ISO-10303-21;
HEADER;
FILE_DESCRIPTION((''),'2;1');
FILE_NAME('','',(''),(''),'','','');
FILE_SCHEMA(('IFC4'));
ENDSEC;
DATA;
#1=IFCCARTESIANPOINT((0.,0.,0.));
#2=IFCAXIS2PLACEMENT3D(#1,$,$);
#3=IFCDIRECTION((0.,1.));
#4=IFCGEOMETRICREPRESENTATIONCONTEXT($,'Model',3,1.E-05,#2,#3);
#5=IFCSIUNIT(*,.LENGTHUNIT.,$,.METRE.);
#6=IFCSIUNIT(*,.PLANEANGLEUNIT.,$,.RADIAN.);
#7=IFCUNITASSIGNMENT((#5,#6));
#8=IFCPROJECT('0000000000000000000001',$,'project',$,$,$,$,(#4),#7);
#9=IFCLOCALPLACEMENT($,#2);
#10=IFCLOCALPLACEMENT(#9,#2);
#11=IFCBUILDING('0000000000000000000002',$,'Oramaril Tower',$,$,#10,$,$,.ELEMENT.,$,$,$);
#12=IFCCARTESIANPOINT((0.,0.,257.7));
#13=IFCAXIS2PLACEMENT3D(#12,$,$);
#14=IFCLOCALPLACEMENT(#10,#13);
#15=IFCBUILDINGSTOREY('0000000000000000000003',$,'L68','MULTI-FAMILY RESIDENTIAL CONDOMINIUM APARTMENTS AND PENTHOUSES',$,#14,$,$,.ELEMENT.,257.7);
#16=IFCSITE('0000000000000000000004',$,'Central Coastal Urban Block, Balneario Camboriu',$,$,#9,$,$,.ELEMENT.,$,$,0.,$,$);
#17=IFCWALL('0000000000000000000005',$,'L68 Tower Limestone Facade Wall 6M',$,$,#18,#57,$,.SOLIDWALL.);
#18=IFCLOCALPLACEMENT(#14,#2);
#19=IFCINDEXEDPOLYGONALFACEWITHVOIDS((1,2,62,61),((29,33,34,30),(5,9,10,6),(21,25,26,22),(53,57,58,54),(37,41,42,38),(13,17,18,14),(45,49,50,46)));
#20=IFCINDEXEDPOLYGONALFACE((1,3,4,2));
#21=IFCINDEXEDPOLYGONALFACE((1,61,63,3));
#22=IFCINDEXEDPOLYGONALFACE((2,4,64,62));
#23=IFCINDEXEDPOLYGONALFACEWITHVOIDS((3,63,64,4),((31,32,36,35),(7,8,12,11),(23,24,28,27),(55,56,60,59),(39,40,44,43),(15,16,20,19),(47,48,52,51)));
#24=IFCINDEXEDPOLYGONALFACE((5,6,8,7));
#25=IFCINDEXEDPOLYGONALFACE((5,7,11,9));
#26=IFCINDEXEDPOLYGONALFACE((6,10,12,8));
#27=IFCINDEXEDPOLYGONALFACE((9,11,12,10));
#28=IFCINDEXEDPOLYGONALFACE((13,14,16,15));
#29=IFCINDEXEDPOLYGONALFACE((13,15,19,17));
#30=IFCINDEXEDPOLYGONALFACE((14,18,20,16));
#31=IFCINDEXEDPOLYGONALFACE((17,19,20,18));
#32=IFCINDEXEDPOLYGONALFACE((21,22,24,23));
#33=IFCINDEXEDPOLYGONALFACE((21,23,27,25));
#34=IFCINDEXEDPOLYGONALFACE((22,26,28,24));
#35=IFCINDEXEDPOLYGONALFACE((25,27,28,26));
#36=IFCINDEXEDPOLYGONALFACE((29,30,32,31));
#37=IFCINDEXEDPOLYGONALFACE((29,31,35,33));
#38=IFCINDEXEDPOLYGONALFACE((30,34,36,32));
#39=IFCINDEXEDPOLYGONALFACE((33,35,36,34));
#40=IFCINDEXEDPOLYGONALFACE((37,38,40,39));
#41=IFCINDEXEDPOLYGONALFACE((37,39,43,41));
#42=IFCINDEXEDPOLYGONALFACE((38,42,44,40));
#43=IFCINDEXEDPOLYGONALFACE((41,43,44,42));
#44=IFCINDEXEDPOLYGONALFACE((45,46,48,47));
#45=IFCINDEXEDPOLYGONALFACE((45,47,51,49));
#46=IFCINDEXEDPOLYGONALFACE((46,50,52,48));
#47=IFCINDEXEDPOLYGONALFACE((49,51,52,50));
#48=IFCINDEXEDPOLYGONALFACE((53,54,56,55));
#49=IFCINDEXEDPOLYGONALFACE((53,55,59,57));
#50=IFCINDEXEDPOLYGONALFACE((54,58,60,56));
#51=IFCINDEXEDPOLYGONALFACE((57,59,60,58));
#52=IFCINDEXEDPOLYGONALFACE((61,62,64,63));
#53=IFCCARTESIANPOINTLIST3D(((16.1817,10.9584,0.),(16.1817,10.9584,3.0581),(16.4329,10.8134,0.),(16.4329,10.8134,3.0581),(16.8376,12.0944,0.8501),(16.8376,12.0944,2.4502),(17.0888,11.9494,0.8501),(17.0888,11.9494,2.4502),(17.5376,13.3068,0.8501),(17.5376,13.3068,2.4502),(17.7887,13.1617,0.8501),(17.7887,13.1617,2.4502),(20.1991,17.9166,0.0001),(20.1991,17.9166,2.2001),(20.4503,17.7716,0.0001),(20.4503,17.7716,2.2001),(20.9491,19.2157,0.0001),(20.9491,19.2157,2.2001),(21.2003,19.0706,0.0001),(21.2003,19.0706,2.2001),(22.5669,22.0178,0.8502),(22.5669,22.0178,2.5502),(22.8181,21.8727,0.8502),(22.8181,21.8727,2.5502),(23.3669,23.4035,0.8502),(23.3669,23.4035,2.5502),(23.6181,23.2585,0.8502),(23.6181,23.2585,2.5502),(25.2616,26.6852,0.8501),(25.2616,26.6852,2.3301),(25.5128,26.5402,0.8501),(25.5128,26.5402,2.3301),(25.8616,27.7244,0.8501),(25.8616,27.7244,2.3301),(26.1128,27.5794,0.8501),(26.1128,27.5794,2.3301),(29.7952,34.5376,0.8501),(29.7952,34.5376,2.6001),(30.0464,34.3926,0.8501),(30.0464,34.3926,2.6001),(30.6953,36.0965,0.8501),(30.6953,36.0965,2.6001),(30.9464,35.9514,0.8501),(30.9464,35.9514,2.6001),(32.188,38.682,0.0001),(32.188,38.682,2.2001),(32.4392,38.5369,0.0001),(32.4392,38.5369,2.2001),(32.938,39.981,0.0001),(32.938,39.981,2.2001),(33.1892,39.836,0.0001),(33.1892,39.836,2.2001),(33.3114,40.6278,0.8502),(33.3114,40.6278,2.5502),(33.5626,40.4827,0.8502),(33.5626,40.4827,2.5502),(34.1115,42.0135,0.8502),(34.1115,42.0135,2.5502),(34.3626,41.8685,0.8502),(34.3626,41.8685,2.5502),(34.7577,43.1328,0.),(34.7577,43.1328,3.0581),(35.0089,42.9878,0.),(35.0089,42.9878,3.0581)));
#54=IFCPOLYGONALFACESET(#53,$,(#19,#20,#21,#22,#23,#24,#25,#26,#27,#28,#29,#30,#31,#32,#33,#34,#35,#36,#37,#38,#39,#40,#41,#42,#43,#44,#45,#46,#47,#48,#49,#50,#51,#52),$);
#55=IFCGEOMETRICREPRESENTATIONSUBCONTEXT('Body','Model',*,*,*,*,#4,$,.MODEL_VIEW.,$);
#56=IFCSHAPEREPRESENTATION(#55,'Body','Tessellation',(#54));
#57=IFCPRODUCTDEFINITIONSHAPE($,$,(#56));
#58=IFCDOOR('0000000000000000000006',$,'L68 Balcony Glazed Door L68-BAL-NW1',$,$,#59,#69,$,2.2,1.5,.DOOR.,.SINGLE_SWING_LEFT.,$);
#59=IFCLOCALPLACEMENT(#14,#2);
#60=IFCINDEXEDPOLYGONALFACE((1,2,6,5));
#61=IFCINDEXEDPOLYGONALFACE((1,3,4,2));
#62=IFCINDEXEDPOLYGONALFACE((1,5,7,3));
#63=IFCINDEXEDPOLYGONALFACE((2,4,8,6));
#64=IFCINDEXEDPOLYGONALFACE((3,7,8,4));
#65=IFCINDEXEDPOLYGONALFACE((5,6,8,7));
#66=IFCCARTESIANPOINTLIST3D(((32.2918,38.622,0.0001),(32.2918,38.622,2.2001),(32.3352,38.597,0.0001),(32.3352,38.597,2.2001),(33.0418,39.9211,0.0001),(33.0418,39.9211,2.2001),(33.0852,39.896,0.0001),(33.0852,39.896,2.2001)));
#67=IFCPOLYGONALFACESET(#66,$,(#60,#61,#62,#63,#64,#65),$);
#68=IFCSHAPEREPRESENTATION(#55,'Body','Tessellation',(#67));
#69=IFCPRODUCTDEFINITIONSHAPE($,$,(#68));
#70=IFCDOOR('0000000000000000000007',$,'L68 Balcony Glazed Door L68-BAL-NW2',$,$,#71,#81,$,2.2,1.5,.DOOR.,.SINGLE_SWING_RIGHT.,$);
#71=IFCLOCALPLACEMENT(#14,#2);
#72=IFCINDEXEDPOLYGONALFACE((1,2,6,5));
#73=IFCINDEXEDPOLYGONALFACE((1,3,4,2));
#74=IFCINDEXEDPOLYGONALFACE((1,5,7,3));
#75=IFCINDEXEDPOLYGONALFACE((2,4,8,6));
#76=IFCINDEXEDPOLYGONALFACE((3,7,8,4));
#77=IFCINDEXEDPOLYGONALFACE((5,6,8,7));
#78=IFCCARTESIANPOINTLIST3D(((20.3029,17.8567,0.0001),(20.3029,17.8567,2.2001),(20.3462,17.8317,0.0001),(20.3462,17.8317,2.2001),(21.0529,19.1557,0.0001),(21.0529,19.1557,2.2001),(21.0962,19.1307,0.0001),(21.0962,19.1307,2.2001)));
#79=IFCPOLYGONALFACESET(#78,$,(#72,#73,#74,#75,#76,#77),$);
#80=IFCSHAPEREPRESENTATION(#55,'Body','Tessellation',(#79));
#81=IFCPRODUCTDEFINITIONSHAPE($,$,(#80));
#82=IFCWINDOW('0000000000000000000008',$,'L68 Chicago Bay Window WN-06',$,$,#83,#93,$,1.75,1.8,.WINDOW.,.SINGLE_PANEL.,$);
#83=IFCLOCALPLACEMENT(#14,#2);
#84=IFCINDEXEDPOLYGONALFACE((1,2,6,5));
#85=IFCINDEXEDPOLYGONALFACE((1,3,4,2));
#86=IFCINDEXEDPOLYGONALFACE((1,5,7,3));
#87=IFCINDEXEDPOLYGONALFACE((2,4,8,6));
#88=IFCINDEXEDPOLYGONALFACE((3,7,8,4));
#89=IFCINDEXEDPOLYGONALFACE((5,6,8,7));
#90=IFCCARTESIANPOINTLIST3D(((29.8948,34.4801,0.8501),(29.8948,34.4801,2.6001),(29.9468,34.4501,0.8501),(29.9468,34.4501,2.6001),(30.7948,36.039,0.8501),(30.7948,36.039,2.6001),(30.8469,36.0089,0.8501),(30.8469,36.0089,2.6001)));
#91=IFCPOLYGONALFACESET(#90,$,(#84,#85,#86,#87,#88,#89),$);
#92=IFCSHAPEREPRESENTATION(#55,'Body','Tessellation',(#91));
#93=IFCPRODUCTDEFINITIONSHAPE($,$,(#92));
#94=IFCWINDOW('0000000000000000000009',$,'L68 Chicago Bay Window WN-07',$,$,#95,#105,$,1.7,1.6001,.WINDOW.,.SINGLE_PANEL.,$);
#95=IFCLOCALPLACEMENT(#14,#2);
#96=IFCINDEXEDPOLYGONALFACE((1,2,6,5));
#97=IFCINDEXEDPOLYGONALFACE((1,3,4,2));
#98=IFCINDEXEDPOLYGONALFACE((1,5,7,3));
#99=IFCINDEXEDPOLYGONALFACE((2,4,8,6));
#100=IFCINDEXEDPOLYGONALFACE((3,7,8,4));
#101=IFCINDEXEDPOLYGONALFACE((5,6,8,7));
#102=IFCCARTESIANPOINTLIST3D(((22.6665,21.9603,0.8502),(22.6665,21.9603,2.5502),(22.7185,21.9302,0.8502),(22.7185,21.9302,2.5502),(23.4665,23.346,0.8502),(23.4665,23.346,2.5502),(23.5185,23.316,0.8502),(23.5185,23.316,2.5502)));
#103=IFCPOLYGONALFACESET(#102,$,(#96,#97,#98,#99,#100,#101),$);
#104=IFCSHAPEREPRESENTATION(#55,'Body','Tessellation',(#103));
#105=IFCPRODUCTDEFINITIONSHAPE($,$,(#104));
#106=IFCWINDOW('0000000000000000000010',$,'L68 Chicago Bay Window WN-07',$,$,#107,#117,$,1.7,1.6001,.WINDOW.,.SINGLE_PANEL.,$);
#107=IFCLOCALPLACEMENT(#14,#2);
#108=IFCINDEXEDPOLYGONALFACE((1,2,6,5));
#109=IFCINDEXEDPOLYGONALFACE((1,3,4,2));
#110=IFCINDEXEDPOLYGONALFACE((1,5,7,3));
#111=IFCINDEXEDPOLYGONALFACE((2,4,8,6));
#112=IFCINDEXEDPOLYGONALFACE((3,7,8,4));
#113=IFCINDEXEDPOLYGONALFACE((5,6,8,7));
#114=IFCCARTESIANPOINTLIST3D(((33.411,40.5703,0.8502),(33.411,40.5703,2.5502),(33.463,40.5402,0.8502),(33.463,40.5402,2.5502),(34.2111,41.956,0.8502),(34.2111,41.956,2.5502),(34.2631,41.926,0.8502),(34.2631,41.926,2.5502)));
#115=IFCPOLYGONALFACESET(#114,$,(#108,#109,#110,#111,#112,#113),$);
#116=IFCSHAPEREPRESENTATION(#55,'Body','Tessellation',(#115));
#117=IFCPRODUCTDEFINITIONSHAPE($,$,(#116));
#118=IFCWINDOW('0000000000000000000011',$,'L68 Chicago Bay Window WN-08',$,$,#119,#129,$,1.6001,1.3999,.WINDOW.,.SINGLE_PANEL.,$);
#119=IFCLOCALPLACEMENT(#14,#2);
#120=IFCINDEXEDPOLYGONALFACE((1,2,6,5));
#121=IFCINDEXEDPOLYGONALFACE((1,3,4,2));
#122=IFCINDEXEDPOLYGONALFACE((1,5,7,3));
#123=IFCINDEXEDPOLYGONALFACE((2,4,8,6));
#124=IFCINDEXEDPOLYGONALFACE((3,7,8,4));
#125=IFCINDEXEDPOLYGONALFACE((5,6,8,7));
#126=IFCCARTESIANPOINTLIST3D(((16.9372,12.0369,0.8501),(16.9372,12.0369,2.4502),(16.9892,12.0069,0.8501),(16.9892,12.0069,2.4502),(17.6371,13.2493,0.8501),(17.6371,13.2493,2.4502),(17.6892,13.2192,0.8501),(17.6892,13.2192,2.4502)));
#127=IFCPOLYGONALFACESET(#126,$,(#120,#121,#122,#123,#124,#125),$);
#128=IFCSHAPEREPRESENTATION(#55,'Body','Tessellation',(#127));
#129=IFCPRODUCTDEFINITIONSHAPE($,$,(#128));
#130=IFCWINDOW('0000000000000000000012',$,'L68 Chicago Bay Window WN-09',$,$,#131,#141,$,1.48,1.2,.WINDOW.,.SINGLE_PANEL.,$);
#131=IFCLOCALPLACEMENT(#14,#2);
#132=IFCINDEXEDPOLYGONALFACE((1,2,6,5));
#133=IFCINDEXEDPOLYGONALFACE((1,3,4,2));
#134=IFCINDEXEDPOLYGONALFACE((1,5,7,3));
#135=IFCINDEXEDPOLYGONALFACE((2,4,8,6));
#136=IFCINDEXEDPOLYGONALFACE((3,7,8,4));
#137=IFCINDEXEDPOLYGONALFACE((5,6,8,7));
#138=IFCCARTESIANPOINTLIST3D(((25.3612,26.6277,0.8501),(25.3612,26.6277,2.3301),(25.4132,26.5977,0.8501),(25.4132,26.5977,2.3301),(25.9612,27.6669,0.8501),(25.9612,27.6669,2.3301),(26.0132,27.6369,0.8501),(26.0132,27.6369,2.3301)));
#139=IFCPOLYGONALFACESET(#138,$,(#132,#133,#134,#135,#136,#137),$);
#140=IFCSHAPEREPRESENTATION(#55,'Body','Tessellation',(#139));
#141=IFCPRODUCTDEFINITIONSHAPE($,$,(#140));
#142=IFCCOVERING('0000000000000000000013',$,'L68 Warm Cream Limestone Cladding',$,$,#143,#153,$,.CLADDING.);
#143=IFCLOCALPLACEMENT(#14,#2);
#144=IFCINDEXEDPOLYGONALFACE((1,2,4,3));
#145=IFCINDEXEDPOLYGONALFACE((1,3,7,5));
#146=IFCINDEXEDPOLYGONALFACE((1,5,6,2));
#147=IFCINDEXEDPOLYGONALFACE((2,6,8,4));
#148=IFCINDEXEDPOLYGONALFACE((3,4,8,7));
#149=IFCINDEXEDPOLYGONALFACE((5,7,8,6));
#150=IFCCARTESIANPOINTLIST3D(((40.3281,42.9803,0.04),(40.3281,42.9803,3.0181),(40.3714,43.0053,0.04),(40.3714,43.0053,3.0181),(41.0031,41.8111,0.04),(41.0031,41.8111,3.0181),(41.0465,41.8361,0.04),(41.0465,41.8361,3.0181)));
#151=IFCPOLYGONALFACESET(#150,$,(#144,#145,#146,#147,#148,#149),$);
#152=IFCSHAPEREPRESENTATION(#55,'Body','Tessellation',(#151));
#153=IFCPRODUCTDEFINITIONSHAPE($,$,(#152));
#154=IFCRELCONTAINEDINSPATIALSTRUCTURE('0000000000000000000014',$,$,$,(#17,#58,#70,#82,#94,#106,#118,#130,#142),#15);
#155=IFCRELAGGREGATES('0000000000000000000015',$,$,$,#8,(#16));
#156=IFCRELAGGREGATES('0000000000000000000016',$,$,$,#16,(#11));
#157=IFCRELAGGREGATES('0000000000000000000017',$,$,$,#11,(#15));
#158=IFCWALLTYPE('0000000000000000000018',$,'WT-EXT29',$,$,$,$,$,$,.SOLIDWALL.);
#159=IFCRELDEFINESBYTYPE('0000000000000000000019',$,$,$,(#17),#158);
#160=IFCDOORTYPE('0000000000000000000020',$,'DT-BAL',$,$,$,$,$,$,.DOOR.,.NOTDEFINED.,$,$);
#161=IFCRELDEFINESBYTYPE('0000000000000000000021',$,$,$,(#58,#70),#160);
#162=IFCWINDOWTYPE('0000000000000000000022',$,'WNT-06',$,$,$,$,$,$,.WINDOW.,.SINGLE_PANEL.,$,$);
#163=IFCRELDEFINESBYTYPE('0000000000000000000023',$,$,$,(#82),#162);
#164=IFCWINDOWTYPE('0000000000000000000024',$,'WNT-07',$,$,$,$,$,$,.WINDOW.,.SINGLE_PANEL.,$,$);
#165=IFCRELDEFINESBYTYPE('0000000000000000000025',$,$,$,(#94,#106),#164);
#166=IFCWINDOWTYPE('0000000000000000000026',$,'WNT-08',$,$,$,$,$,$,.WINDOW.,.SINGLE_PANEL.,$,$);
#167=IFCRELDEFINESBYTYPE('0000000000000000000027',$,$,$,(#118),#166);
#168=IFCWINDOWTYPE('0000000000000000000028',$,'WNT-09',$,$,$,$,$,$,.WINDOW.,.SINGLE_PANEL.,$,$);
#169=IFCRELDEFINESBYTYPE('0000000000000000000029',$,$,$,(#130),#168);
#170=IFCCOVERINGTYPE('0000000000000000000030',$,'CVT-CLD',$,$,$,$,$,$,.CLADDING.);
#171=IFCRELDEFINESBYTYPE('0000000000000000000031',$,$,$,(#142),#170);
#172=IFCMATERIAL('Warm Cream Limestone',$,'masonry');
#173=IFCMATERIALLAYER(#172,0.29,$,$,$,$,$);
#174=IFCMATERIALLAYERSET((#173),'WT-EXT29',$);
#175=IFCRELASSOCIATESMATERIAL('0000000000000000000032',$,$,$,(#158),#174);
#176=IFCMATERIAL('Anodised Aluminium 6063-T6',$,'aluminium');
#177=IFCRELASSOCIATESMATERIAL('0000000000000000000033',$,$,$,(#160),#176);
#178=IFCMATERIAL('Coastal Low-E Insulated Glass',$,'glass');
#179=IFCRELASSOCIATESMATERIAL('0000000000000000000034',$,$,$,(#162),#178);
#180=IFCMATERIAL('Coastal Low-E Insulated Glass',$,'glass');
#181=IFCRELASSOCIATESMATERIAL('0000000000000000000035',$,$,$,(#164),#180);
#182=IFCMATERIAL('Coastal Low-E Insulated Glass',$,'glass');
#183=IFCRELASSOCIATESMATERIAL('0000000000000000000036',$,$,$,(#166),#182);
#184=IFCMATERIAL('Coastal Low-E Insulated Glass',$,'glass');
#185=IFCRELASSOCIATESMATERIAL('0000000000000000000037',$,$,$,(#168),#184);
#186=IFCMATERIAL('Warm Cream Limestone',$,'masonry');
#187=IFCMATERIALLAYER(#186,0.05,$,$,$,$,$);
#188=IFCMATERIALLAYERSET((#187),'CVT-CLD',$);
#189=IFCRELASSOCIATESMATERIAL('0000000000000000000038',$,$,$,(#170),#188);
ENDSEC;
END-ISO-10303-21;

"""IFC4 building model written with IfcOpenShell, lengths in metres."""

from ifc_helpers import new_model, si_unit, direction, frame, frame_2d, origin, origin_2d, place, context, subcontext, project, spatial, rectangle, extrude, material, layer, layer_set, type_object, element, fill, save


model = new_model("IFC4")

# Units and contexts
model_context = context("Model", 3, precision=1e-05, world=origin(), true_north=direction((0.0, 1.0)))
body_context = subcontext(model_context, "Body", "Model", "MODEL_VIEW")
ifc_project = project(units=[si_unit("LENGTHUNIT", "METRE"), si_unit("PLANEANGLEUNIT", "RADIAN")], contexts=[model_context])

# Site, building, storey
site_placement = place(None, origin())
site = spatial("IfcSite", under=ifc_project, at=site_placement, Name="Central Coastal Urban Block, Balneario Camboriu", CompositionType="ELEMENT", RefElevation=0.0)
building_placement = place(site_placement, origin())
building = spatial("IfcBuilding", under=site, at=building_placement, Name="Oramaril Tower", CompositionType="ELEMENT")
storey_placement = place(building_placement, frame((0.0, 0.0, 257.7)))
storey = spatial("IfcBuildingStorey", under=building, at=storey_placement, Name="L68", Description="MULTI-FAMILY RESIDENTIAL CONDOMINIUM APARTMENTS AND PENTHOUSES", CompositionType="ELEMENT", Elevation=257.7)

# Shared definitions
ifc_material_1 = material(Name="Warm Cream Limestone", Category="masonry")
ifc_layer_1 = layer(ifc_material_1, 0.29)
ifc_layer_set_1 = layer_set([ifc_layer_1], Name="WT-EXT29")
wall_type = type_object("IfcWallType", Name="WT-EXT29", PredefinedType="SOLIDWALL", material=ifc_layer_set_1)

# Wall, openings, doors, windows
wall_1_placement = place(storey_placement, frame((34.8833, 43.0603, 0.0), z_axis=(0.0, 0.0, 1.0), x_axis=(-0.500002, -0.866025, 0.0)))
wall_1 = element("IfcWall", 1, at=wall_1_placement, inside=storey, type_object=wall_type, Name="L68 Tower Limestone Facade Wall 6M", PredefinedType="SOLIDWALL", context=body_context, shape_type="SweptSolid", body=[
    extrude(rectangle(XDim=37.1519, YDim=0.29, at=frame_2d((18.5759, 0.0))), origin(), (0.0, 0.0, 1.0), 3.0581),
])
opening_1_placement = place(wall_1_placement, frame((3.6394, 0.0, 0.0)))
opening_1 = element("IfcOpeningElement", 2, at=opening_1_placement, cuts=wall_1, PredefinedType="OPENING", context=body_context, shape_type="SweptSolid", body=[
    extrude(rectangle(XDim=1.5, YDim=2.2, at=frame_2d((0.75, 1.1001))), frame((0.0, 0.145, 0.0), z_axis=(0.0, -1.0, 0.0), x_axis=(1.0, 0.0, 0.0)), (0.0, 0.0, 1.0), 0.29),
])
opening_2_placement = place(wall_1_placement, frame((27.6172, 0.0, 0.0)))
opening_2 = element("IfcOpeningElement", 3, at=opening_2_placement, cuts=wall_1, PredefinedType="OPENING", context=body_context, shape_type="SweptSolid", body=[
    extrude(rectangle(XDim=1.5, YDim=2.2, at=frame_2d((0.75, 1.1001))), frame((0.0, 0.145, 0.0), z_axis=(0.0, -1.0, 0.0), x_axis=(1.0, 0.0, 0.0)), (0.0, 0.0, 1.0), 0.29),
])
opening_3_placement = place(wall_1_placement, frame((22.7815, 0.0, 0.8501)))
opening_3 = element("IfcOpeningElement", 4, at=opening_3_placement, cuts=wall_1, PredefinedType="OPENING", context=body_context, shape_type="SweptSolid", body=[
    extrude(rectangle(XDim=1.6001, YDim=1.7, at=frame_2d((0.8, 0.8501))), frame((0.0, 0.145, 0.0), z_axis=(0.0, -1.0, 0.0), x_axis=(1.0, 0.0, 0.0)), (0.0, 0.0, 1.0), 0.29),
])
opening_4_placement = place(wall_1_placement, frame((34.4402, 0.0, 0.8501)))
opening_4 = element("IfcOpeningElement", 5, at=opening_4_placement, cuts=wall_1, PredefinedType="OPENING", context=body_context, shape_type="SweptSolid", body=[
    extrude(rectangle(XDim=1.3999, YDim=1.6001, at=frame_2d((0.7, 0.8))), frame((0.0, 0.145, 0.0), z_axis=(0.0, -1.0, 0.0), x_axis=(1.0, 0.0, 0.0)), (0.0, 0.0, 1.0), 0.29),
])
opening_5_placement = place(wall_1_placement, frame((8.125, 0.0, 0.8501)))
opening_5 = element("IfcOpeningElement", 6, at=opening_5_placement, cuts=wall_1, PredefinedType="OPENING", context=body_context, shape_type="SweptSolid", body=[
    extrude(rectangle(XDim=1.8, YDim=1.75, at=frame_2d((0.8999, 0.875))), frame((0.0, 0.145, 0.0), z_axis=(0.0, -1.0, 0.0), x_axis=(1.0, 0.0, 0.0)), (0.0, 0.0, 1.0), 0.29),
])
opening_6_placement = place(wall_1_placement, frame((17.792, 0.0, 0.8501)))
opening_6 = element("IfcOpeningElement", 7, at=opening_6_placement, cuts=wall_1, PredefinedType="OPENING", context=body_context, shape_type="SweptSolid", body=[
    extrude(rectangle(XDim=1.2, YDim=1.48, at=frame_2d((0.6001, 0.74))), frame((0.0, 0.145, 0.0), z_axis=(0.0, -1.0, 0.0), x_axis=(1.0, 0.0, 0.0)), (0.0, 0.0, 1.0), 0.29),
])
opening_7_placement = place(wall_1_placement, frame((1.2925, 0.0, 0.8501)))
opening_7 = element("IfcOpeningElement", 8, at=opening_7_placement, cuts=wall_1, PredefinedType="OPENING", context=body_context, shape_type="SweptSolid", body=[
    extrude(rectangle(XDim=1.6001, YDim=1.7, at=frame_2d((0.8, 0.8501))), frame((0.0, 0.145, 0.0), z_axis=(0.0, -1.0, 0.0), x_axis=(1.0, 0.0, 0.0)), (0.0, 0.0, 1.0), 0.29),
])
ifc_material_2 = material(Name="Anodised Aluminium 6063-T6", Category="aluminium")
door_type = type_object("IfcDoorType", Name="DT-BAL", OperationType="NOTDEFINED", PredefinedType="DOOR", material=ifc_material_2)
door_1_placement = place(opening_1_placement, origin())
door_1 = element("IfcDoor", 9, at=door_1_placement, inside=storey, type_object=door_type, Name="L68 Balcony Glazed Door L68-BAL-NW1", OperationType="SINGLE_SWING_LEFT", OverallHeight=2.2, OverallWidth=1.5, PredefinedType="DOOR", context=body_context, shape_type="SweptSolid", body=[
    extrude(rectangle(XDim=1.5, YDim=2.2, at=frame_2d((0.75, 1.1001))), frame((0.0, 0.0249, 0.0), z_axis=(0.0, -1.0, 0.0), x_axis=(1.0, 0.0, 0.0)), (0.0, 0.0, 1.0), 0.05),
])
fill(opening_1, door_1)
door_2_placement = place(opening_2_placement, origin())
door_2 = element("IfcDoor", 10, at=door_2_placement, inside=storey, type_object=door_type, Name="L68 Balcony Glazed Door L68-BAL-NW2", OperationType="SINGLE_SWING_RIGHT", OverallHeight=2.2, OverallWidth=1.5, PredefinedType="DOOR", context=body_context, shape_type="SweptSolid", body=[
    extrude(rectangle(XDim=1.5, YDim=2.2, at=frame_2d((0.75, 1.1001))), frame((0.0, 0.0249, 0.0), z_axis=(0.0, -1.0, 0.0), x_axis=(1.0, 0.0, 0.0)), (0.0, 0.0, 1.0), 0.05),
])
fill(opening_2, door_2)
ifc_material_3 = material(Name="Coastal Low-E Insulated Glass", Category="glass")
window_type_1 = type_object("IfcWindowType", Name="WNT-06", PartitioningType="SINGLE_PANEL", PredefinedType="WINDOW", material=ifc_material_3)
window_1_placement = place(opening_5_placement, origin())
window_1 = element("IfcWindow", 11, at=window_1_placement, inside=storey, type_object=window_type_1, Name="L68 Chicago Bay Window WN-06", OverallHeight=1.75, OverallWidth=1.8, PartitioningType="SINGLE_PANEL", PredefinedType="WINDOW", context=body_context, shape_type="SweptSolid", body=[
    extrude(rectangle(XDim=1.8, YDim=1.75, at=frame_2d((0.8999, 0.875))), frame((0.0, 0.03, 0.0), z_axis=(0.0, -1.0, 0.0), x_axis=(1.0, 0.0, 0.0)), (0.0, 0.0, 1.0), 0.0601),
])
fill(opening_5, window_1)
ifc_material_4 = material(Name="Coastal Low-E Insulated Glass", Category="glass")
window_type_2 = type_object("IfcWindowType", Name="WNT-07", PartitioningType="SINGLE_PANEL", PredefinedType="WINDOW", material=ifc_material_4)
window_2_placement = place(opening_3_placement, origin())
window_2 = element("IfcWindow", 12, at=window_2_placement, inside=storey, type_object=window_type_2, Name="L68 Chicago Bay Window WN-07", OverallHeight=1.7, OverallWidth=1.6001, PartitioningType="SINGLE_PANEL", PredefinedType="WINDOW", context=body_context, shape_type="SweptSolid", body=[
    extrude(rectangle(XDim=1.6001, YDim=1.7, at=frame_2d((0.8, 0.8501))), frame((0.0, 0.03, 0.0), z_axis=(0.0, -1.0, 0.0), x_axis=(1.0, 0.0, 0.0)), (0.0, 0.0, 1.0), 0.0601),
])
fill(opening_3, window_2)
window_3_placement = place(opening_7_placement, origin())
window_3 = element("IfcWindow", 13, at=window_3_placement, inside=storey, type_object=window_type_2, Name="L68 Chicago Bay Window WN-07", OverallHeight=1.7, OverallWidth=1.6001, PartitioningType="SINGLE_PANEL", PredefinedType="WINDOW", context=body_context, shape_type="SweptSolid", body=[
    extrude(rectangle(XDim=1.6001, YDim=1.7, at=frame_2d((0.8, 0.8501))), frame((0.0, 0.03, 0.0), z_axis=(0.0, -1.0, 0.0), x_axis=(1.0, 0.0, 0.0)), (0.0, 0.0, 1.0), 0.0601),
])
fill(opening_7, window_3)
ifc_material_5 = material(Name="Coastal Low-E Insulated Glass", Category="glass")
window_type_3 = type_object("IfcWindowType", Name="WNT-08", PartitioningType="SINGLE_PANEL", PredefinedType="WINDOW", material=ifc_material_5)
window_4_placement = place(opening_4_placement, origin())
window_4 = element("IfcWindow", 14, at=window_4_placement, inside=storey, type_object=window_type_3, Name="L68 Chicago Bay Window WN-08", OverallHeight=1.6001, OverallWidth=1.3999, PartitioningType="SINGLE_PANEL", PredefinedType="WINDOW", context=body_context, shape_type="SweptSolid", body=[
    extrude(rectangle(XDim=1.3999, YDim=1.6001, at=frame_2d((0.7, 0.8))), frame((0.0, 0.03, 0.0), z_axis=(0.0, -1.0, 0.0), x_axis=(1.0, 0.0, 0.0)), (0.0, 0.0, 1.0), 0.0601),
])
fill(opening_4, window_4)
ifc_material_6 = material(Name="Coastal Low-E Insulated Glass", Category="glass")
window_type_4 = type_object("IfcWindowType", Name="WNT-09", PartitioningType="SINGLE_PANEL", PredefinedType="WINDOW", material=ifc_material_6)
window_5_placement = place(opening_6_placement, origin())
window_5 = element("IfcWindow", 15, at=window_5_placement, inside=storey, type_object=window_type_4, Name="L68 Chicago Bay Window WN-09", OverallHeight=1.48, OverallWidth=1.2, PartitioningType="SINGLE_PANEL", PredefinedType="WINDOW", context=body_context, shape_type="SweptSolid", body=[
    extrude(rectangle(XDim=1.2, YDim=1.48, at=frame_2d((0.6001, 0.74))), frame((0.0, 0.03, 0.0), z_axis=(0.0, -1.0, 0.0), x_axis=(1.0, 0.0, 0.0)), (0.0, 0.0, 1.0), 0.0601),
])
fill(opening_6, window_5)

# Covering
ifc_material_7 = material(Name="Warm Cream Limestone", Category="masonry")
ifc_layer_2 = layer(ifc_material_7, 0.05)
ifc_layer_set_2 = layer_set([ifc_layer_2], Name="CVT-CLD")
covering_type = type_object("IfcCoveringType", Name="CVT-CLD", PredefinedType="CLADDING", material=ifc_layer_set_2)
covering_1_placement = place(storey_placement, frame((40.6873, 42.4082, 0.04), z_axis=(0.0, 0.0, 1.0), x_axis=(-0.5, 0.866025, 0.0)))
element("IfcCovering", 16, at=covering_1_placement, inside=storey, type_object=covering_type, Name="L68 Warm Cream Limestone Cladding", PredefinedType="CLADDING", context=body_context, shape_type="SweptSolid", body=[
    extrude(rectangle(XDim=1.3501, YDim=0.05, at=origin_2d()), origin(), (0.0, 0.0, 1.0), 2.978),
])

save(model, "model.ifc")
